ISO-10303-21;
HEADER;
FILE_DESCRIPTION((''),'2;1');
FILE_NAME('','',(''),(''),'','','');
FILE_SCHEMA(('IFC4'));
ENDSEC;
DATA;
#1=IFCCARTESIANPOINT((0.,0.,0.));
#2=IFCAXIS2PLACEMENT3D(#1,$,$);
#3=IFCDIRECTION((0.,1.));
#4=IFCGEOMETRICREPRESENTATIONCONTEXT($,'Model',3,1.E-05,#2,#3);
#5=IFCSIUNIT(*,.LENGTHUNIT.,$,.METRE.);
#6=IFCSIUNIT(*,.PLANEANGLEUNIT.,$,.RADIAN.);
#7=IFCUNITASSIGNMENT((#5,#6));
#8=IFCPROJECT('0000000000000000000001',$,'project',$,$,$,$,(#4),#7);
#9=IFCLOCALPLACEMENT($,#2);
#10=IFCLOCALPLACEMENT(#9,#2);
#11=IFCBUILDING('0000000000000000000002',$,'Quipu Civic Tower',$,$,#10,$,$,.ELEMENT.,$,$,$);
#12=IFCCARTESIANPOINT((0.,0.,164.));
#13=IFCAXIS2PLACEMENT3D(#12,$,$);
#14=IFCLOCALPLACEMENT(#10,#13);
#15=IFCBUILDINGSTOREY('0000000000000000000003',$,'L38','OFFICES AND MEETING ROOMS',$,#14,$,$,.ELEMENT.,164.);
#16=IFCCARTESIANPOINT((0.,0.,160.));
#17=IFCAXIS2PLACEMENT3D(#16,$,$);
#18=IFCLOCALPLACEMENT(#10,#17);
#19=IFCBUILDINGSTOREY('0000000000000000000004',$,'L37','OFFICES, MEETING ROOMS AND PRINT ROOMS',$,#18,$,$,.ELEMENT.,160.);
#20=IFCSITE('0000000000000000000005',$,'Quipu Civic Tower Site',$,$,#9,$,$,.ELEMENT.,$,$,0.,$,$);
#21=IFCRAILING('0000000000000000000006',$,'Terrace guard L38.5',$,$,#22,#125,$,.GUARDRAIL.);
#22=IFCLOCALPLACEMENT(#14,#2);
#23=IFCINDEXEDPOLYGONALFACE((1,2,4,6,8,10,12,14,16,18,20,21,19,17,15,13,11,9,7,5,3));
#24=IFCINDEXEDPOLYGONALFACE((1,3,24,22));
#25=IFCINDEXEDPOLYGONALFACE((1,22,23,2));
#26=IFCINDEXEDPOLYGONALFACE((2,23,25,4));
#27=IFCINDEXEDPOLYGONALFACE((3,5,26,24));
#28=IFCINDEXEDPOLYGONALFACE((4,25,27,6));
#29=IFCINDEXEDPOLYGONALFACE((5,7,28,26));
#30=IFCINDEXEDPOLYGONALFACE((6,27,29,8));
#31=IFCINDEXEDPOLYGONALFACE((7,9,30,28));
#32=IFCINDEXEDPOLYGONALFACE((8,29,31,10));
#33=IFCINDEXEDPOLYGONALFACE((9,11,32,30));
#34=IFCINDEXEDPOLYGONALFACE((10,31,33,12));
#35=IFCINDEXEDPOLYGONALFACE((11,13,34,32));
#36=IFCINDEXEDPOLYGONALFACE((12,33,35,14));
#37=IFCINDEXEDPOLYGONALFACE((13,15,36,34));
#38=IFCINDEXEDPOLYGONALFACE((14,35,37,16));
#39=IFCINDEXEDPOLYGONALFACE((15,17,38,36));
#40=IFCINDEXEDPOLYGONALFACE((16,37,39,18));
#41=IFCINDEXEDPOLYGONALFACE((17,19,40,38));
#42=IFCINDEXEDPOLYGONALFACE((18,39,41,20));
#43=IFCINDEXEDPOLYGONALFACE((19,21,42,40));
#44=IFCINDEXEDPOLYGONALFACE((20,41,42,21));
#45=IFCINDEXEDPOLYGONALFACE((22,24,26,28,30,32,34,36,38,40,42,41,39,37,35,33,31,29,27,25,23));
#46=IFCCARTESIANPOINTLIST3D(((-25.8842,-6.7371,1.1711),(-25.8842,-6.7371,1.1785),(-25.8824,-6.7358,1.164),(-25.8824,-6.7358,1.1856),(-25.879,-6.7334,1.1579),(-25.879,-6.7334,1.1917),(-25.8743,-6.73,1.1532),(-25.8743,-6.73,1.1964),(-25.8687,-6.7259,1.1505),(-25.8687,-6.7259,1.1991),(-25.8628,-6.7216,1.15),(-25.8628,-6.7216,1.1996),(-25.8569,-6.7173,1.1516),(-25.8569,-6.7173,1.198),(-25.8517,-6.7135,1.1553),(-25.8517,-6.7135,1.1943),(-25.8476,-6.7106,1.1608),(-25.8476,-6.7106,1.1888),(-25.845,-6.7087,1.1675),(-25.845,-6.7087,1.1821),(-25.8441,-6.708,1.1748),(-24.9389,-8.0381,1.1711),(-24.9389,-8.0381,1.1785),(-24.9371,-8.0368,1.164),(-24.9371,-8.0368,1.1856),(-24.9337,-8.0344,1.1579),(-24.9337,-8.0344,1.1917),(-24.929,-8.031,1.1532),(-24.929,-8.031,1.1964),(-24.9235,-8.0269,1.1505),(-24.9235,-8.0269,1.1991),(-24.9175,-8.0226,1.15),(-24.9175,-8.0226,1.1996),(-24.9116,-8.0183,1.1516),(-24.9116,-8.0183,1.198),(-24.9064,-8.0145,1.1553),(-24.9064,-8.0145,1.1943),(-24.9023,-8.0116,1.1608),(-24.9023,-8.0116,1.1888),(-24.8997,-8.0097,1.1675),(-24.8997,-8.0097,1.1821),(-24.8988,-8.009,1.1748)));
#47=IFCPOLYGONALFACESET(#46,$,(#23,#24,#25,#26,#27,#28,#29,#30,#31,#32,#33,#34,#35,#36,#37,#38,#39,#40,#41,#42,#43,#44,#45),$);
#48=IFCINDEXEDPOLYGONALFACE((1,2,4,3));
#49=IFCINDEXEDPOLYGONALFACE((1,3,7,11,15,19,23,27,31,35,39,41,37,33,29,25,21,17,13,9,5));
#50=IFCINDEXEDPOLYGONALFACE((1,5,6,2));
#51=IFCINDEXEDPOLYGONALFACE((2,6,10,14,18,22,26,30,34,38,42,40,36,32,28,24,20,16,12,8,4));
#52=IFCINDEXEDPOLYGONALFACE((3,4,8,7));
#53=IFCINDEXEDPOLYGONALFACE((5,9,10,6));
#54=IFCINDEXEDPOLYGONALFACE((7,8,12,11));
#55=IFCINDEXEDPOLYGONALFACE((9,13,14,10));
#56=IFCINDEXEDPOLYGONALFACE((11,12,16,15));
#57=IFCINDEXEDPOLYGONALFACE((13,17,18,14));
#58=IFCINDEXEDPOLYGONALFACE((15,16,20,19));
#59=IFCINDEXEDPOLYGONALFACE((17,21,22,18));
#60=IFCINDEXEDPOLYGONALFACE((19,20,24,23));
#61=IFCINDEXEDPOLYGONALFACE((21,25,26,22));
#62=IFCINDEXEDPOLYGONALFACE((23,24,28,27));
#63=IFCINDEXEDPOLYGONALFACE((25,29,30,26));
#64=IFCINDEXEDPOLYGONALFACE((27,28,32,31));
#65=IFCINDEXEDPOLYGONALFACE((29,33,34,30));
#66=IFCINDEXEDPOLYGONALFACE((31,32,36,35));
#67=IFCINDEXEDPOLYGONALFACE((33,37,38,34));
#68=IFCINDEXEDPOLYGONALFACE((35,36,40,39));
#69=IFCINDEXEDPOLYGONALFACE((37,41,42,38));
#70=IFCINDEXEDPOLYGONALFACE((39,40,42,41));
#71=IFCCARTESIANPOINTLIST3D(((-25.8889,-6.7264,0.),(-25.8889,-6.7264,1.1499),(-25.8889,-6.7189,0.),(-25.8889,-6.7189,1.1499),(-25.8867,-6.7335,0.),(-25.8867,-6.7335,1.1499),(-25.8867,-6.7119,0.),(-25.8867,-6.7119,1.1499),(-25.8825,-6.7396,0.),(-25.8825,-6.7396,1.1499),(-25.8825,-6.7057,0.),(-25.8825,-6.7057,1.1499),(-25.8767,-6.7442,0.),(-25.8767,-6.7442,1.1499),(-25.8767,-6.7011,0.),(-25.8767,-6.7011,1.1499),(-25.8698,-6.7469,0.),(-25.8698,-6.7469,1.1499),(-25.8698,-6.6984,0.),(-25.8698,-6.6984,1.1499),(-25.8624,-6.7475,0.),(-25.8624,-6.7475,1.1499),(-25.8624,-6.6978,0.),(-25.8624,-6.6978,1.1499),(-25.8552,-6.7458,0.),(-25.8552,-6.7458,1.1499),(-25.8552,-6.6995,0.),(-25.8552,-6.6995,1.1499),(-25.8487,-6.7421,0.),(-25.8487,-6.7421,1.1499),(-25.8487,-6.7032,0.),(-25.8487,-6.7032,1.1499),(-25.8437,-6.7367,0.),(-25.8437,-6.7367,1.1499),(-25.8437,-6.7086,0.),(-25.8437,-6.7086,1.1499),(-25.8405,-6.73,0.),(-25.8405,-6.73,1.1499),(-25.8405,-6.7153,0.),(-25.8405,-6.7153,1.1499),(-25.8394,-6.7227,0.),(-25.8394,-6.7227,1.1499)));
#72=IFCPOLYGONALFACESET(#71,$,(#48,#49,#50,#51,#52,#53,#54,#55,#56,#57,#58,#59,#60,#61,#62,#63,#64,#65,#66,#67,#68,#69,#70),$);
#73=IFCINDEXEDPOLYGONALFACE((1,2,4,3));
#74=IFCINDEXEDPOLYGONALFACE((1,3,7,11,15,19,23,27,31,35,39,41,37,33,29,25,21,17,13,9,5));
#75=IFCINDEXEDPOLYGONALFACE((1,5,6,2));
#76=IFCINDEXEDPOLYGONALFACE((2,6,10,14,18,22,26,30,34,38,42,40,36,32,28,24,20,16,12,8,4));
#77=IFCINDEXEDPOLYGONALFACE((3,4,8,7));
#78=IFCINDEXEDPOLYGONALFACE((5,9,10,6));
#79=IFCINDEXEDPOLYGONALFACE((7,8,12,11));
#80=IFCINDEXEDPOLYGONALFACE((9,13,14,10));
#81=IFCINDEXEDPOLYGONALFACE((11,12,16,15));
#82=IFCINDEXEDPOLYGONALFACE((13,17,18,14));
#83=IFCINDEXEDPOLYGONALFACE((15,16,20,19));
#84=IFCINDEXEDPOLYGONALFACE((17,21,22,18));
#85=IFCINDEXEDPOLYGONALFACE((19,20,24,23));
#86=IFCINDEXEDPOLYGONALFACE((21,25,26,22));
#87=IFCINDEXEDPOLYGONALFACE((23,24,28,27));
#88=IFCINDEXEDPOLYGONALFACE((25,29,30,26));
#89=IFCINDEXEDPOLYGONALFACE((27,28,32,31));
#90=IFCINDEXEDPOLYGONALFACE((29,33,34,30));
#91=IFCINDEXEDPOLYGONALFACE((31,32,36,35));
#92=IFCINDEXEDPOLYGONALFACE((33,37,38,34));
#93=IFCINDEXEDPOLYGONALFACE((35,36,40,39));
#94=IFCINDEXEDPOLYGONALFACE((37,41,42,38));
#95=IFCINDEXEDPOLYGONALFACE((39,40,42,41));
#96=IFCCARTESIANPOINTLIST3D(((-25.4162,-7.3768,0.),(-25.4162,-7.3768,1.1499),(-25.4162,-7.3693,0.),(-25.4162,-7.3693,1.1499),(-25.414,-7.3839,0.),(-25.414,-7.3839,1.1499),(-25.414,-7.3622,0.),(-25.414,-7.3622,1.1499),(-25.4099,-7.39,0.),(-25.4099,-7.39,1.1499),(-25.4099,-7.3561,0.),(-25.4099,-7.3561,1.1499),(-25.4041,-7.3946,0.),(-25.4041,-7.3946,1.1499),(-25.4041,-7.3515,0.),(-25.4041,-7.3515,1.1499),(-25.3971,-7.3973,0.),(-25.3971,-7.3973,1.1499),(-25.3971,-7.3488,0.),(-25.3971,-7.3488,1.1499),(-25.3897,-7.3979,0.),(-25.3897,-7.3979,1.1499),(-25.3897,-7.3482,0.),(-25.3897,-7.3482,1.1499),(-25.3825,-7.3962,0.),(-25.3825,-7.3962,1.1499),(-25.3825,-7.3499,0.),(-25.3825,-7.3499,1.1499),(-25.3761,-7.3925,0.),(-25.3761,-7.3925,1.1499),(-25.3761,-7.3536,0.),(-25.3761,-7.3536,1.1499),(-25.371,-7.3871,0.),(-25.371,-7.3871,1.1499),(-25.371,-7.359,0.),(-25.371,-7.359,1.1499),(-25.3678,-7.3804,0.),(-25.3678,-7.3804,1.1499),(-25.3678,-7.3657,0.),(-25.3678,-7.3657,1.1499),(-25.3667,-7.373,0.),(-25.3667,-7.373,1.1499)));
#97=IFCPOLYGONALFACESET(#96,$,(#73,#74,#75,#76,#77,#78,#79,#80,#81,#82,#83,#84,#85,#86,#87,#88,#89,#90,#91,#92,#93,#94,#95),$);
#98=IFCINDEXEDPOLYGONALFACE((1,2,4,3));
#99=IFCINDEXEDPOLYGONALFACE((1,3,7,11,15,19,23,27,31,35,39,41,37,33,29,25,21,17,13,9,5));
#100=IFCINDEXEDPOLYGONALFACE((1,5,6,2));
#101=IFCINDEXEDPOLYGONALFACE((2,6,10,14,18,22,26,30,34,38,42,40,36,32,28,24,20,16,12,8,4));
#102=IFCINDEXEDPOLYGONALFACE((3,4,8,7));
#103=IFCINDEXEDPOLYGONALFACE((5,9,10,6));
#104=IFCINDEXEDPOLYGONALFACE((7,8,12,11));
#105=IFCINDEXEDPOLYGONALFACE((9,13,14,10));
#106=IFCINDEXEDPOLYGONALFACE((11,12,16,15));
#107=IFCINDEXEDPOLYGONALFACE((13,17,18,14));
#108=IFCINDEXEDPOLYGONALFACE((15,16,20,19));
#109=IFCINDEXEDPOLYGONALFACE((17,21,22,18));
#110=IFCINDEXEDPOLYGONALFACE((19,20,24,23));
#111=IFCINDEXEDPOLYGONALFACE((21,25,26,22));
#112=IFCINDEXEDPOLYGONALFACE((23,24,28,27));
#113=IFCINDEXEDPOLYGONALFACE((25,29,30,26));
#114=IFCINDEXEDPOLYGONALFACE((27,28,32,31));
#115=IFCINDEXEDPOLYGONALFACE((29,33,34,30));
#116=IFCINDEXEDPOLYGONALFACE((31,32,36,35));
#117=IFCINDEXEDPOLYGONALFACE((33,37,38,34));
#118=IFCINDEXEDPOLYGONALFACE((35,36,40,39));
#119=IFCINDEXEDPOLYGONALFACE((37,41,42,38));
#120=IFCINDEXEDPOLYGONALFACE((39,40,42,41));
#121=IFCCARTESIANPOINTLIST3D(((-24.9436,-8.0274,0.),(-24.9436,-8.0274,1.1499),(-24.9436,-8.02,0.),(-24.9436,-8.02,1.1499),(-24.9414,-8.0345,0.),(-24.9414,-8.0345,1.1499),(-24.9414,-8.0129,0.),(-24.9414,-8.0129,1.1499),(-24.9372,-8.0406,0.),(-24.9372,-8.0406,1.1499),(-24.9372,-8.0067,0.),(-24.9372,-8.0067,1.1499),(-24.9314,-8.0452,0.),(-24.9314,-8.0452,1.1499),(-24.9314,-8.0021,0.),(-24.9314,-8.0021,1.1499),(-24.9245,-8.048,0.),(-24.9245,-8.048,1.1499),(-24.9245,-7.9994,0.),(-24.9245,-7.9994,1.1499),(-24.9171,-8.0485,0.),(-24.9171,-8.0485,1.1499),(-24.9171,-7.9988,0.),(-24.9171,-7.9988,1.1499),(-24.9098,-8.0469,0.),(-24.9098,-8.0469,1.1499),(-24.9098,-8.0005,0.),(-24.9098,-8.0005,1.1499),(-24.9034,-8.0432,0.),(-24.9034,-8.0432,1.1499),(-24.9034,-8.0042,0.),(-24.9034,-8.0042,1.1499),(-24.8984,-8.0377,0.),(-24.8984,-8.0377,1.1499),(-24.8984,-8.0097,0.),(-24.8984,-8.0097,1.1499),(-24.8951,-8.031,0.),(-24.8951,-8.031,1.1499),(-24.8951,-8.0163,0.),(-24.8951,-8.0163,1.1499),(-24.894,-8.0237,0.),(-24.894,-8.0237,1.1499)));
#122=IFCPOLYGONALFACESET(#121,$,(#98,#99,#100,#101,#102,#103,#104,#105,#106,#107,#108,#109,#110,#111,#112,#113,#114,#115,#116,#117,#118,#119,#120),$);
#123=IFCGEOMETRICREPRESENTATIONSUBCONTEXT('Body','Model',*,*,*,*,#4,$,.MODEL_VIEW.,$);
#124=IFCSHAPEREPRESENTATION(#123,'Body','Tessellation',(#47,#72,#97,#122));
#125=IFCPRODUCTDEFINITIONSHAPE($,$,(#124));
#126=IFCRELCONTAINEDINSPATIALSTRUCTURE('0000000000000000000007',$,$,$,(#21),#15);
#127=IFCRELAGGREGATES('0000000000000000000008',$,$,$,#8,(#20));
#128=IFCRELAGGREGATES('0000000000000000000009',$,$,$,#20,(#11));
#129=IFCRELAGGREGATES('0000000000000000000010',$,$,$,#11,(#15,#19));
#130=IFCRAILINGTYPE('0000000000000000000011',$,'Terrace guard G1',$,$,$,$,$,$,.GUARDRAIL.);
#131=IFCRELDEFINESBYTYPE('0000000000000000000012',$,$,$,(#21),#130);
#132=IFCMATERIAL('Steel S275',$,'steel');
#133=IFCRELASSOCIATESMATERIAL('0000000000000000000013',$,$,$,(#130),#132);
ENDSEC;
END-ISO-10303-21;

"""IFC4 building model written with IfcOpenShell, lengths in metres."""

from ifc_helpers import new_model, si_unit, direction, frame, origin, origin_2d, place, context, subcontext, project, spatial, circle, extrude, material, type_object, element, save


model = new_model("IFC4")

# Units and contexts
model_context = context("Model", 3, precision=1e-05, world=origin(), true_north=direction((0.0, 1.0)))
body_context = subcontext(model_context, "Body", "Model", "MODEL_VIEW")
ifc_project = project(units=[si_unit("LENGTHUNIT", "METRE"), si_unit("PLANEANGLEUNIT", "RADIAN")], contexts=[model_context])

# Site, building, storey
site_placement = place(None, origin())
site = spatial("IfcSite", under=ifc_project, at=site_placement, Name="Quipu Civic Tower Site", CompositionType="ELEMENT", RefElevation=0.0)
building_placement = place(site_placement, origin())
building = spatial("IfcBuilding", under=site, at=building_placement, Name="Quipu Civic Tower", CompositionType="ELEMENT")
storey_1_placement = place(building_placement, frame((0.0, 0.0, 164.0)))
storey_1 = spatial("IfcBuildingStorey", under=building, at=storey_1_placement, Name="L38", Description="OFFICES AND MEETING ROOMS", CompositionType="ELEMENT", Elevation=164.0)

# Shared definitions
storey_2_placement = place(building_placement, frame((0.0, 0.0, 160.0)))
storey_2 = spatial("IfcBuildingStorey", under=building, at=storey_2_placement, Name="L37", Description="OFFICES, MEETING ROOMS AND PRINT ROOMS", CompositionType="ELEMENT", Elevation=160.0)

# Railing
ifc_material_1 = material(Name="Steel S275", Category="steel")
railing_type = type_object("IfcRailingType", Name="Terrace guard G1", PredefinedType="GUARDRAIL", material=ifc_material_1)
railing_1_placement = place(storey_1_placement, frame((-25.8643, -6.7227, 0.0)))
element("IfcRailing", 1, at=railing_1_placement, inside=storey_1, type_object=railing_type, Name="Terrace guard L38.5", PredefinedType="GUARDRAIL", context=body_context, shape_type="SweptSolid", body=[
    extrude(circle(Radius=0.0249, at=origin_2d()), frame((0.0, 0.0, 1.1748), z_axis=(0.587811, -0.808999, 0.0), x_axis=(0.808999, 0.587811, 0.0)), (0.0, 0.0, 1.0), 1.6082),
    extrude(circle(Radius=0.0249, at=origin_2d()), origin(), (0.0, 0.0, 1.0), 1.1499),
    extrude(circle(Radius=0.0249, at=origin_2d()), frame((0.4727, -0.6504, 0.0)), (0.0, 0.0, 1.0), 1.1499),
    extrude(circle(Radius=0.0249, at=origin_2d()), frame((0.9453, -1.301, 0.0)), (0.0, 0.0, 1.0), 1.1499),
])

save(model, "model.ifc")
